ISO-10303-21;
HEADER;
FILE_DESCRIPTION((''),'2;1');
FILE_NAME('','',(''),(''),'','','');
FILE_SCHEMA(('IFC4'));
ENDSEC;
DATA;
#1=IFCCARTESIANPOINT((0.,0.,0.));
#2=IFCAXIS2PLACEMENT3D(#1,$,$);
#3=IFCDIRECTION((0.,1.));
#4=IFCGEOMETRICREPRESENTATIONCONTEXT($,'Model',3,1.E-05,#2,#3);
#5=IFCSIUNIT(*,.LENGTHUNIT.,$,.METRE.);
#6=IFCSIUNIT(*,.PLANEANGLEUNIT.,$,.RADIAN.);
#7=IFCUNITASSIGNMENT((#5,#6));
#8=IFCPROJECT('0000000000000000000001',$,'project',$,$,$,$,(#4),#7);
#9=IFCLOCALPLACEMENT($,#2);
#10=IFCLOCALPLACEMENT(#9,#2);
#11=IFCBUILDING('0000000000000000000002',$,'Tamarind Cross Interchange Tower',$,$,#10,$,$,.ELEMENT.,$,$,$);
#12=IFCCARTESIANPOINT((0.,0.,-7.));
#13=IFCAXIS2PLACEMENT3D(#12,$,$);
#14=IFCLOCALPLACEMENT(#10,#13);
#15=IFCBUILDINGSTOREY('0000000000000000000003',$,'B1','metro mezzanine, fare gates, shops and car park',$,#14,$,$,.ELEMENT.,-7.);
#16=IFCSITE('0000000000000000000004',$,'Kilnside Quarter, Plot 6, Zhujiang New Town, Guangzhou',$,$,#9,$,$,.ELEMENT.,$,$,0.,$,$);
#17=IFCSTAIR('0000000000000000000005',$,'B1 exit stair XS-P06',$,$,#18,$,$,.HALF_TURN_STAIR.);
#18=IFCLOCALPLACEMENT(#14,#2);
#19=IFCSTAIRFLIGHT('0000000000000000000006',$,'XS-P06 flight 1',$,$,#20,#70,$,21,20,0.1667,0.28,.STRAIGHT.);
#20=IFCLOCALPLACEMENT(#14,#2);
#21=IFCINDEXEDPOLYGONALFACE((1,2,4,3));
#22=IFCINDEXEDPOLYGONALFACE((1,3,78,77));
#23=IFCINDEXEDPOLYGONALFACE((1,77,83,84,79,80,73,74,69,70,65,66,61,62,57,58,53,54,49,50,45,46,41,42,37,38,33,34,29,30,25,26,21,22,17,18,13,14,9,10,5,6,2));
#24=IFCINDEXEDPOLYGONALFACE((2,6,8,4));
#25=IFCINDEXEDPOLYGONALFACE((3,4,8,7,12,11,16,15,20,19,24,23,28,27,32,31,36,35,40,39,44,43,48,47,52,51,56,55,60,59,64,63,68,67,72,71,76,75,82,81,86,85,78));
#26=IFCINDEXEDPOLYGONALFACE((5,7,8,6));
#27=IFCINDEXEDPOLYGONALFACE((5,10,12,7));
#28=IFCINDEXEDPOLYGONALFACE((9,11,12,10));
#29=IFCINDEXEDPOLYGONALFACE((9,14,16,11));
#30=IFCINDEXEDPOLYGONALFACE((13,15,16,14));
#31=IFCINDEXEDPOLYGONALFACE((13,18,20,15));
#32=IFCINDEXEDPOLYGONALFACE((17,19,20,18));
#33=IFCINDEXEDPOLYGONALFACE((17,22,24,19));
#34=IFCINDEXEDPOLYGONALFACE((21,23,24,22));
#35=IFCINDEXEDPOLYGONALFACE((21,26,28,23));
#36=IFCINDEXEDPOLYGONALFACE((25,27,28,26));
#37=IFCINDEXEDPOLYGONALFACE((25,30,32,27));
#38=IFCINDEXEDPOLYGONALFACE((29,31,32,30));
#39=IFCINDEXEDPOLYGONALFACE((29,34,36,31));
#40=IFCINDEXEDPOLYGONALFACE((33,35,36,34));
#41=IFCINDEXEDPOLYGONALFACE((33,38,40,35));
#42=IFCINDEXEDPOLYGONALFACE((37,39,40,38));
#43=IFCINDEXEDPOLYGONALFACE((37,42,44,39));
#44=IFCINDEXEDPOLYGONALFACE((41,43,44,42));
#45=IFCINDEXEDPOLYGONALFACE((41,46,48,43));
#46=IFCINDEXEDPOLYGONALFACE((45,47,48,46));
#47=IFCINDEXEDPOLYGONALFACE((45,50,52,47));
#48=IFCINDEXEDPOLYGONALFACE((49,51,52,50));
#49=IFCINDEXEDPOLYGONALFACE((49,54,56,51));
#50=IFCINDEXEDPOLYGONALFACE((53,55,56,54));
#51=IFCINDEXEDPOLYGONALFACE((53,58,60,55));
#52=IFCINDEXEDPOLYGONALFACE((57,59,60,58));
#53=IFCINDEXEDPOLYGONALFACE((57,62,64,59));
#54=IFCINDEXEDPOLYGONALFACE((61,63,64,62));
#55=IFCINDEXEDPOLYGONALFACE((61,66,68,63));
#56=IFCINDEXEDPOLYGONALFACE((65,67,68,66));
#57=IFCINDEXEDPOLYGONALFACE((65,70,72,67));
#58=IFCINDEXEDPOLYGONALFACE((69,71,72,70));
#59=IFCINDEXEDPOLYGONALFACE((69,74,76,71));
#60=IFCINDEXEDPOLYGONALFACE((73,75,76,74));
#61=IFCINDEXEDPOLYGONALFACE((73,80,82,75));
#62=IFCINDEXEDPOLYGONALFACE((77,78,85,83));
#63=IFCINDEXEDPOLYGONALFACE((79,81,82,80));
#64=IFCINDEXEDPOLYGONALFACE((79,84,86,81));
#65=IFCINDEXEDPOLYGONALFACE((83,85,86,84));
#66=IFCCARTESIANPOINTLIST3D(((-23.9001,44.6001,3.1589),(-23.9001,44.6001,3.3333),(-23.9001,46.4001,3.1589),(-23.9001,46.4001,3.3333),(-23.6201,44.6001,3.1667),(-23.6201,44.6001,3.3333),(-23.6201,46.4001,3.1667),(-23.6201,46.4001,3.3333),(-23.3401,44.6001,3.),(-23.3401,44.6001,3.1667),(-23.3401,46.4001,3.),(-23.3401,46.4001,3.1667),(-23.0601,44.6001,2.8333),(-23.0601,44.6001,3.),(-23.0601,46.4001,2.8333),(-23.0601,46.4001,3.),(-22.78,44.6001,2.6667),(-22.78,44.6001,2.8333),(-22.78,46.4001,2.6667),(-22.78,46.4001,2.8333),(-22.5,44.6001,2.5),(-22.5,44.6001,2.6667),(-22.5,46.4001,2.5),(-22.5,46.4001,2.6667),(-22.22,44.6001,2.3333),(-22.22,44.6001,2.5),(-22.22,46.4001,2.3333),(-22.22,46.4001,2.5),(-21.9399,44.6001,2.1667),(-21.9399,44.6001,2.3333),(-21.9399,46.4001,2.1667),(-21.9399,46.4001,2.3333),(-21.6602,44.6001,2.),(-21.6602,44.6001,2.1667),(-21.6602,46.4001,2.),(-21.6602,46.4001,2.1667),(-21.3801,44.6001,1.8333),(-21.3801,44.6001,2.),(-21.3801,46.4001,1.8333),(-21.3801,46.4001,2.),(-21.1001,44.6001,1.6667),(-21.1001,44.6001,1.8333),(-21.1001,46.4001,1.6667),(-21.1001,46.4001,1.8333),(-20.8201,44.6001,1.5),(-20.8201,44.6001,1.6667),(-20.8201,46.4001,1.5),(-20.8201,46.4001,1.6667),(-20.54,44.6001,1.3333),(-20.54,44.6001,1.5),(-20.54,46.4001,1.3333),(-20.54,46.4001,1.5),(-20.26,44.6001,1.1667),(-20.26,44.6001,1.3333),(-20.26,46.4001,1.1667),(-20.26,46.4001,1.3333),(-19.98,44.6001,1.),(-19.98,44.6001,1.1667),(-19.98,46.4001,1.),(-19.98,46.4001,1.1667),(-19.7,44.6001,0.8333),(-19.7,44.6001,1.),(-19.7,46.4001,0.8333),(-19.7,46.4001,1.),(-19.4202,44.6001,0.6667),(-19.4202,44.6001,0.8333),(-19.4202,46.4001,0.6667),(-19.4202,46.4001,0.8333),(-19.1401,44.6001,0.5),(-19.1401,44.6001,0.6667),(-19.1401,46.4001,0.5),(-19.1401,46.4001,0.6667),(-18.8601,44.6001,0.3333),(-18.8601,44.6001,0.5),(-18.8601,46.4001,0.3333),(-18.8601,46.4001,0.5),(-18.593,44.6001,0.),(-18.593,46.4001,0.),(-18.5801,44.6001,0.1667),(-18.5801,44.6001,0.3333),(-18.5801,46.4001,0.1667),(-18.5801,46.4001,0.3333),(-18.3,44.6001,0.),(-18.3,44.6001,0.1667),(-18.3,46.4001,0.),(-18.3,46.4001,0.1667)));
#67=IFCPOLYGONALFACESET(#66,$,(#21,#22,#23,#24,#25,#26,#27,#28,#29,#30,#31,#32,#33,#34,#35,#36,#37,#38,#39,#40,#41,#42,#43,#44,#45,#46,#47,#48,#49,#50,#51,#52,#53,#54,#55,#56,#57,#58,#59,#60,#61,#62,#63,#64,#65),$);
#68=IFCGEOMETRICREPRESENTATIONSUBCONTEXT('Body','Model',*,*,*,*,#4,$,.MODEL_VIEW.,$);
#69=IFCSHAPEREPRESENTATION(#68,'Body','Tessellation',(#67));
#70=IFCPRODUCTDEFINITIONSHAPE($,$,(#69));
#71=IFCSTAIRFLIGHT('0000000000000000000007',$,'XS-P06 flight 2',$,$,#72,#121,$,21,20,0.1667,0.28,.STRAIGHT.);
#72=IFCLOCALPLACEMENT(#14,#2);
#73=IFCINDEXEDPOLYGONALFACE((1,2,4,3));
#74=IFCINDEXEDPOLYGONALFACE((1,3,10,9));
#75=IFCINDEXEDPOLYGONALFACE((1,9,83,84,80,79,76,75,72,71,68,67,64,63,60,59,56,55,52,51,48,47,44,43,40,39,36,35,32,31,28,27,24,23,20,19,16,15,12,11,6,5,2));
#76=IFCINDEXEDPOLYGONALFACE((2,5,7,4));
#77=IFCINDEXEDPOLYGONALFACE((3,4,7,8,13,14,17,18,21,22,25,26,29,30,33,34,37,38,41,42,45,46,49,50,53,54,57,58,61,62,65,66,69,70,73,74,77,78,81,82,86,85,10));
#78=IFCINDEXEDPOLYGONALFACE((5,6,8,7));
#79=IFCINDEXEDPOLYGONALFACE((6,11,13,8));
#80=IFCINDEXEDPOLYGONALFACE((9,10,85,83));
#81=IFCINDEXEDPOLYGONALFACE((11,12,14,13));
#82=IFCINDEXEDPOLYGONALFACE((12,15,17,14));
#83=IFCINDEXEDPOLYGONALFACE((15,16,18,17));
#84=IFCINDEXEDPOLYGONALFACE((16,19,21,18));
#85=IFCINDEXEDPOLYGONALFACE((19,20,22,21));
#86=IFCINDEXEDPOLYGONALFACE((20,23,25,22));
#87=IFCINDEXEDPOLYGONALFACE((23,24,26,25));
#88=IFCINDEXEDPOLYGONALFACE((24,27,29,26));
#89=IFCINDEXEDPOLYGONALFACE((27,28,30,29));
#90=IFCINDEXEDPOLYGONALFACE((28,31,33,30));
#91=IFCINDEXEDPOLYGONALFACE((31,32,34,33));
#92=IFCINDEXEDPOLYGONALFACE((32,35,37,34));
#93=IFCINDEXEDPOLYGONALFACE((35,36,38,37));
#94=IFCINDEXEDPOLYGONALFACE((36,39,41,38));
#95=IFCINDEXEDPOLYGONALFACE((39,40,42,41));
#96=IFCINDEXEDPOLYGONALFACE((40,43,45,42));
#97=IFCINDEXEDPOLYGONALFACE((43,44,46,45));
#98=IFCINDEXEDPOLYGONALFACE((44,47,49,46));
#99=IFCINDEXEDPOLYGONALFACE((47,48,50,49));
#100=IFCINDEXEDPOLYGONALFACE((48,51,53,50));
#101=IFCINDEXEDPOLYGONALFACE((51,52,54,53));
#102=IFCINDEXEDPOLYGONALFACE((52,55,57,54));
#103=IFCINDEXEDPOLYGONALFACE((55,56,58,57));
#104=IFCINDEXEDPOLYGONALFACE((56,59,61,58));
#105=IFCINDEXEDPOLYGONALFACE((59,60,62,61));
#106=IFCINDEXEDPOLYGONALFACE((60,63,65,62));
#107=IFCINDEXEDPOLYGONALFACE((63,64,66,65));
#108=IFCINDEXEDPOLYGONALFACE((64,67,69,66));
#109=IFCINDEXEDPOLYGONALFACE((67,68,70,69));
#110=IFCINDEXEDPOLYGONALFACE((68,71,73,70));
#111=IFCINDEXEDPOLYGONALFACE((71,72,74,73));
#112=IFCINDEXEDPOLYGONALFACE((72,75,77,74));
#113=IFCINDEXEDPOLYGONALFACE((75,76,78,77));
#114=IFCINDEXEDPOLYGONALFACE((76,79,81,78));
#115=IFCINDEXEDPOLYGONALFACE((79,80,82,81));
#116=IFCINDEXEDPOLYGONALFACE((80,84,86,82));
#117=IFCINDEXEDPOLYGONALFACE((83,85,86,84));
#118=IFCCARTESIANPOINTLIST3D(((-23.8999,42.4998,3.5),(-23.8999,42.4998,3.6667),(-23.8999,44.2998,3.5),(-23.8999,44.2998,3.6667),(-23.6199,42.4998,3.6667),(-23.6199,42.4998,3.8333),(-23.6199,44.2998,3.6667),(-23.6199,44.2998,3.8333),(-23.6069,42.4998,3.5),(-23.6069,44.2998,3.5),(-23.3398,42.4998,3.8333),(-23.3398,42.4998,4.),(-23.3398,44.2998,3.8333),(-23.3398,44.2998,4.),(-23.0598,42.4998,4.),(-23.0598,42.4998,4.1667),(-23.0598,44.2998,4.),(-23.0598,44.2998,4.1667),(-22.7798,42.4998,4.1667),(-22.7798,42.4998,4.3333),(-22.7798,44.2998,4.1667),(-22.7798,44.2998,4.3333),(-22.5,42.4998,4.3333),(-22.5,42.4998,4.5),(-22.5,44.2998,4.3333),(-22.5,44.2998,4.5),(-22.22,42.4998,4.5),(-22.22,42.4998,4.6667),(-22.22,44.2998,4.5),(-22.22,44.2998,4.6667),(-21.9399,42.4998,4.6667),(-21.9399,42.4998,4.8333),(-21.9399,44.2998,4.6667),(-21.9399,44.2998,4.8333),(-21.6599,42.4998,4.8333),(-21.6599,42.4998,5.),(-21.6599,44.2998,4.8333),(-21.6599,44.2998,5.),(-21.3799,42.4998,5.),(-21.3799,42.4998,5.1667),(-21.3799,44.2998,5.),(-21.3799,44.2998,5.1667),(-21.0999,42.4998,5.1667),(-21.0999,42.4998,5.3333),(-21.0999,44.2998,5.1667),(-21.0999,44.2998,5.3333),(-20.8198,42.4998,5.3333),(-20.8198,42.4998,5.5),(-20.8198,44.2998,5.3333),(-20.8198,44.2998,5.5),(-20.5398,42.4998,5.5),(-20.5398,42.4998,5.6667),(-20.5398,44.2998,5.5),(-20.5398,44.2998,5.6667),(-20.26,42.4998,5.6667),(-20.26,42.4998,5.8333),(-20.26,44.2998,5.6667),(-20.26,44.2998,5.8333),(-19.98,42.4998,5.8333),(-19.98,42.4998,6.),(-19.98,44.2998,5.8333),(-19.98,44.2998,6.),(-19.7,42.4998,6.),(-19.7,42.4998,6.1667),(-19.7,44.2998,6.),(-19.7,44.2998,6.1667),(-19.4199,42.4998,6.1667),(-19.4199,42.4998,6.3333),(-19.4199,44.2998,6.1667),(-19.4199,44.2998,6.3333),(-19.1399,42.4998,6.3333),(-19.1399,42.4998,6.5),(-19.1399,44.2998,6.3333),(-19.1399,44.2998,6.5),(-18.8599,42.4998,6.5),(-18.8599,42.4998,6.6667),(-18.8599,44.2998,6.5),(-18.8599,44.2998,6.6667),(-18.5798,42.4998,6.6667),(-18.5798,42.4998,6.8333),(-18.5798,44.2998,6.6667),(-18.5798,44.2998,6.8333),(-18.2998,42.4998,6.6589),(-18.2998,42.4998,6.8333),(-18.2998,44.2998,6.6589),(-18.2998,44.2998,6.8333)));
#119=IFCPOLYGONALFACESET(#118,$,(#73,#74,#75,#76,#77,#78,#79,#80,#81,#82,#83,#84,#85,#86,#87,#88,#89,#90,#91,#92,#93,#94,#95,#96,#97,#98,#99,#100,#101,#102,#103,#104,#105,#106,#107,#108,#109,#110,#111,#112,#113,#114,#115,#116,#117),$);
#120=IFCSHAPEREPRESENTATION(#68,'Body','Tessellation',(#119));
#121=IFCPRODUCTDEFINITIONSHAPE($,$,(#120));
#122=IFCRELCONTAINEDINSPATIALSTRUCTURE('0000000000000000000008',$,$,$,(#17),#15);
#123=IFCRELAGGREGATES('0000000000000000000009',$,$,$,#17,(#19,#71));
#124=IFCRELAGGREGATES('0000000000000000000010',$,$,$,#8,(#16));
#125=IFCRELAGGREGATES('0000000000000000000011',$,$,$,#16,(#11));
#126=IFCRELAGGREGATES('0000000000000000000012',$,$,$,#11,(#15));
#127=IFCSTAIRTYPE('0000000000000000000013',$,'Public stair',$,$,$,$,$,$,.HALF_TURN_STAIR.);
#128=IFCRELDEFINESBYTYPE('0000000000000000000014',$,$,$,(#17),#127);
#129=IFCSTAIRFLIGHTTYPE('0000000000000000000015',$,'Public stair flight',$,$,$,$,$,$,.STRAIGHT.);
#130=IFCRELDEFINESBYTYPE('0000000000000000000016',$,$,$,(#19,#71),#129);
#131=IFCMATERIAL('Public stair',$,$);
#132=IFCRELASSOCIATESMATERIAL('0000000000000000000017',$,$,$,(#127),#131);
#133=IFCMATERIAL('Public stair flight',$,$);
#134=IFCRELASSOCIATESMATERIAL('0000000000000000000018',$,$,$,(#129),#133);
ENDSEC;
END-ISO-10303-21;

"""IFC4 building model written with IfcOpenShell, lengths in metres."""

from ifc_helpers import new_model, si_unit, direction, frame, origin, place, context, subcontext, project, spatial, polyline, outline, extrude, material, type_object, element, aggregate, save


model = new_model("IFC4")

# Units and contexts
model_context = context("Model", 3, precision=1e-05, world=origin(), true_north=direction((0.0, 1.0)))
body_context = subcontext(model_context, "Body", "Model", "MODEL_VIEW")
ifc_project = project(units=[si_unit("LENGTHUNIT", "METRE"), si_unit("PLANEANGLEUNIT", "RADIAN")], contexts=[model_context])

# Site, building, storey
site_placement = place(None, origin())
site = spatial("IfcSite", under=ifc_project, at=site_placement, Name="Kilnside Quarter, Plot 6, Zhujiang New Town, Guangzhou", CompositionType="ELEMENT", RefElevation=0.0)
building_placement = place(site_placement, origin())
building = spatial("IfcBuilding", under=site, at=building_placement, Name="Tamarind Cross Interchange Tower", CompositionType="ELEMENT")
storey_placement = place(building_placement, frame((0.0, 0.0, -7.0)))
storey = spatial("IfcBuildingStorey", under=building, at=storey_placement, Name="B1", Description="metro mezzanine, fare gates, shops and car park", CompositionType="ELEMENT", Elevation=-7.0)

# Stair, stair flights
ifc_material_1 = material(Name="Public stair")
stair_type = type_object("IfcStairType", Name="Public stair", PredefinedType="HALF_TURN_STAIR", material=ifc_material_1)
stair_placement = place(storey_placement, origin())
stair = element("IfcStair", 1, at=stair_placement, inside=storey, type_object=stair_type, Name="B1 exit stair XS-P06", PredefinedType="HALF_TURN_STAIR")
ifc_material_2 = material(Name="Public stair flight")
stair_flight_type = type_object("IfcStairFlightType", Name="Public stair flight", PredefinedType="STRAIGHT", material=ifc_material_2)
stair_flight_1_placement = place(storey_placement, frame((-18.3, 45.5, 0.0), z_axis=(0.0, 0.0, 1.0), x_axis=(-1.0, 0.0, 0.0)))
stair_flight_1 = element("IfcStairFlight", 2, at=stair_flight_1_placement, type_object=stair_flight_type, Name="XS-P06 flight 1", NumberOfRisers=21, NumberOfTreads=20, PredefinedType="STRAIGHT", RiserHeight=0.1667, TreadLength=0.28, context=body_context, shape_type="SweptSolid", body=[
    extrude(outline(polyline([(0.0, 0.0), (0.0, 0.1667), (0.28, 0.1667), (0.28, 0.3333), (0.5601, 0.3333), (0.5601, 0.5), (0.8401, 0.5), (0.8401, 0.6667), (1.1201, 0.6667), (1.1201, 0.8333), (1.3999, 0.8333), (1.3999, 1.0), (1.6799, 1.0), (1.6799, 1.1667), (1.96, 1.1667), (1.96, 1.3333), (2.24, 1.3333), (2.24, 1.5), (2.52, 1.5), (2.52, 1.6667), (2.8, 1.6667), (2.8, 1.8333), (3.0801, 1.8333), (3.0801, 2.0), (3.3601, 2.0), (3.3601, 2.1667), (3.6399, 2.1667), (3.6399, 2.3333), (3.9199, 2.3333), (3.9199, 2.5), (4.2, 2.5), (4.2, 2.6667), (4.48, 2.6667), (4.48, 2.8333), (4.76, 2.8333), (4.76, 3.0), (5.04, 3.0), (5.04, 3.1667), (5.3201, 3.1667), (5.3201, 3.3333), (5.6001, 3.3333), (5.6001, 3.5), (5.6001, 3.1589), (0.293, 0.0), (0.0, 0.0)])), frame((0.0, 0.8999, 0.0), z_axis=(0.0, -1.0, 0.0), x_axis=(1.0, 0.0, 0.0)), (0.0, 0.0, 1.0), 1.8),
])
stair_flight_2_placement = place(storey_placement, frame((-23.8999, 43.3999, 3.5), z_axis=(0.0, 0.0, 1.0), x_axis=(1.0, 0.0, 0.0)))
stair_flight_2 = element("IfcStairFlight", 3, at=stair_flight_2_placement, type_object=stair_flight_type, Name="XS-P06 flight 2", NumberOfRisers=21, NumberOfTreads=20, PredefinedType="STRAIGHT", RiserHeight=0.1667, TreadLength=0.28, context=body_context, shape_type="SweptSolid", body=[
    extrude(outline(polyline([(0.0, 0.0), (0.0, 0.1667), (0.28, 0.1667), (0.28, 0.3333), (0.5601, 0.3333), (0.5601, 0.5), (0.8401, 0.5), (0.8401, 0.6667), (1.1201, 0.6667), (1.1201, 0.8333), (1.3999, 0.8333), (1.3999, 1.0), (1.6799, 1.0), (1.6799, 1.1667), (1.96, 1.1667), (1.96, 1.3333), (2.24, 1.3333), (2.24, 1.5), (2.52, 1.5), (2.52, 1.6667), (2.8, 1.6667), (2.8, 1.8333), (3.0801, 1.8333), (3.0801, 2.0), (3.3601, 2.0), (3.3601, 2.1667), (3.6399, 2.1667), (3.6399, 2.3333), (3.9199, 2.3333), (3.9199, 2.5), (4.2, 2.5), (4.2, 2.6667), (4.48, 2.6667), (4.48, 2.8333), (4.76, 2.8333), (4.76, 3.0), (5.04, 3.0), (5.04, 3.1667), (5.3201, 3.1667), (5.3201, 3.3333), (5.6001, 3.3333), (5.6001, 3.5), (5.6001, 3.1589), (0.293, 0.0), (0.0, 0.0)])), frame((0.0, 0.8999, 0.0), z_axis=(0.0, -1.0, 0.0), x_axis=(1.0, 0.0, 0.0)), (0.0, 0.0, 1.0), 1.8),
])
aggregate(stair, [stair_flight_1, stair_flight_2])

save(model, "model.ifc")
